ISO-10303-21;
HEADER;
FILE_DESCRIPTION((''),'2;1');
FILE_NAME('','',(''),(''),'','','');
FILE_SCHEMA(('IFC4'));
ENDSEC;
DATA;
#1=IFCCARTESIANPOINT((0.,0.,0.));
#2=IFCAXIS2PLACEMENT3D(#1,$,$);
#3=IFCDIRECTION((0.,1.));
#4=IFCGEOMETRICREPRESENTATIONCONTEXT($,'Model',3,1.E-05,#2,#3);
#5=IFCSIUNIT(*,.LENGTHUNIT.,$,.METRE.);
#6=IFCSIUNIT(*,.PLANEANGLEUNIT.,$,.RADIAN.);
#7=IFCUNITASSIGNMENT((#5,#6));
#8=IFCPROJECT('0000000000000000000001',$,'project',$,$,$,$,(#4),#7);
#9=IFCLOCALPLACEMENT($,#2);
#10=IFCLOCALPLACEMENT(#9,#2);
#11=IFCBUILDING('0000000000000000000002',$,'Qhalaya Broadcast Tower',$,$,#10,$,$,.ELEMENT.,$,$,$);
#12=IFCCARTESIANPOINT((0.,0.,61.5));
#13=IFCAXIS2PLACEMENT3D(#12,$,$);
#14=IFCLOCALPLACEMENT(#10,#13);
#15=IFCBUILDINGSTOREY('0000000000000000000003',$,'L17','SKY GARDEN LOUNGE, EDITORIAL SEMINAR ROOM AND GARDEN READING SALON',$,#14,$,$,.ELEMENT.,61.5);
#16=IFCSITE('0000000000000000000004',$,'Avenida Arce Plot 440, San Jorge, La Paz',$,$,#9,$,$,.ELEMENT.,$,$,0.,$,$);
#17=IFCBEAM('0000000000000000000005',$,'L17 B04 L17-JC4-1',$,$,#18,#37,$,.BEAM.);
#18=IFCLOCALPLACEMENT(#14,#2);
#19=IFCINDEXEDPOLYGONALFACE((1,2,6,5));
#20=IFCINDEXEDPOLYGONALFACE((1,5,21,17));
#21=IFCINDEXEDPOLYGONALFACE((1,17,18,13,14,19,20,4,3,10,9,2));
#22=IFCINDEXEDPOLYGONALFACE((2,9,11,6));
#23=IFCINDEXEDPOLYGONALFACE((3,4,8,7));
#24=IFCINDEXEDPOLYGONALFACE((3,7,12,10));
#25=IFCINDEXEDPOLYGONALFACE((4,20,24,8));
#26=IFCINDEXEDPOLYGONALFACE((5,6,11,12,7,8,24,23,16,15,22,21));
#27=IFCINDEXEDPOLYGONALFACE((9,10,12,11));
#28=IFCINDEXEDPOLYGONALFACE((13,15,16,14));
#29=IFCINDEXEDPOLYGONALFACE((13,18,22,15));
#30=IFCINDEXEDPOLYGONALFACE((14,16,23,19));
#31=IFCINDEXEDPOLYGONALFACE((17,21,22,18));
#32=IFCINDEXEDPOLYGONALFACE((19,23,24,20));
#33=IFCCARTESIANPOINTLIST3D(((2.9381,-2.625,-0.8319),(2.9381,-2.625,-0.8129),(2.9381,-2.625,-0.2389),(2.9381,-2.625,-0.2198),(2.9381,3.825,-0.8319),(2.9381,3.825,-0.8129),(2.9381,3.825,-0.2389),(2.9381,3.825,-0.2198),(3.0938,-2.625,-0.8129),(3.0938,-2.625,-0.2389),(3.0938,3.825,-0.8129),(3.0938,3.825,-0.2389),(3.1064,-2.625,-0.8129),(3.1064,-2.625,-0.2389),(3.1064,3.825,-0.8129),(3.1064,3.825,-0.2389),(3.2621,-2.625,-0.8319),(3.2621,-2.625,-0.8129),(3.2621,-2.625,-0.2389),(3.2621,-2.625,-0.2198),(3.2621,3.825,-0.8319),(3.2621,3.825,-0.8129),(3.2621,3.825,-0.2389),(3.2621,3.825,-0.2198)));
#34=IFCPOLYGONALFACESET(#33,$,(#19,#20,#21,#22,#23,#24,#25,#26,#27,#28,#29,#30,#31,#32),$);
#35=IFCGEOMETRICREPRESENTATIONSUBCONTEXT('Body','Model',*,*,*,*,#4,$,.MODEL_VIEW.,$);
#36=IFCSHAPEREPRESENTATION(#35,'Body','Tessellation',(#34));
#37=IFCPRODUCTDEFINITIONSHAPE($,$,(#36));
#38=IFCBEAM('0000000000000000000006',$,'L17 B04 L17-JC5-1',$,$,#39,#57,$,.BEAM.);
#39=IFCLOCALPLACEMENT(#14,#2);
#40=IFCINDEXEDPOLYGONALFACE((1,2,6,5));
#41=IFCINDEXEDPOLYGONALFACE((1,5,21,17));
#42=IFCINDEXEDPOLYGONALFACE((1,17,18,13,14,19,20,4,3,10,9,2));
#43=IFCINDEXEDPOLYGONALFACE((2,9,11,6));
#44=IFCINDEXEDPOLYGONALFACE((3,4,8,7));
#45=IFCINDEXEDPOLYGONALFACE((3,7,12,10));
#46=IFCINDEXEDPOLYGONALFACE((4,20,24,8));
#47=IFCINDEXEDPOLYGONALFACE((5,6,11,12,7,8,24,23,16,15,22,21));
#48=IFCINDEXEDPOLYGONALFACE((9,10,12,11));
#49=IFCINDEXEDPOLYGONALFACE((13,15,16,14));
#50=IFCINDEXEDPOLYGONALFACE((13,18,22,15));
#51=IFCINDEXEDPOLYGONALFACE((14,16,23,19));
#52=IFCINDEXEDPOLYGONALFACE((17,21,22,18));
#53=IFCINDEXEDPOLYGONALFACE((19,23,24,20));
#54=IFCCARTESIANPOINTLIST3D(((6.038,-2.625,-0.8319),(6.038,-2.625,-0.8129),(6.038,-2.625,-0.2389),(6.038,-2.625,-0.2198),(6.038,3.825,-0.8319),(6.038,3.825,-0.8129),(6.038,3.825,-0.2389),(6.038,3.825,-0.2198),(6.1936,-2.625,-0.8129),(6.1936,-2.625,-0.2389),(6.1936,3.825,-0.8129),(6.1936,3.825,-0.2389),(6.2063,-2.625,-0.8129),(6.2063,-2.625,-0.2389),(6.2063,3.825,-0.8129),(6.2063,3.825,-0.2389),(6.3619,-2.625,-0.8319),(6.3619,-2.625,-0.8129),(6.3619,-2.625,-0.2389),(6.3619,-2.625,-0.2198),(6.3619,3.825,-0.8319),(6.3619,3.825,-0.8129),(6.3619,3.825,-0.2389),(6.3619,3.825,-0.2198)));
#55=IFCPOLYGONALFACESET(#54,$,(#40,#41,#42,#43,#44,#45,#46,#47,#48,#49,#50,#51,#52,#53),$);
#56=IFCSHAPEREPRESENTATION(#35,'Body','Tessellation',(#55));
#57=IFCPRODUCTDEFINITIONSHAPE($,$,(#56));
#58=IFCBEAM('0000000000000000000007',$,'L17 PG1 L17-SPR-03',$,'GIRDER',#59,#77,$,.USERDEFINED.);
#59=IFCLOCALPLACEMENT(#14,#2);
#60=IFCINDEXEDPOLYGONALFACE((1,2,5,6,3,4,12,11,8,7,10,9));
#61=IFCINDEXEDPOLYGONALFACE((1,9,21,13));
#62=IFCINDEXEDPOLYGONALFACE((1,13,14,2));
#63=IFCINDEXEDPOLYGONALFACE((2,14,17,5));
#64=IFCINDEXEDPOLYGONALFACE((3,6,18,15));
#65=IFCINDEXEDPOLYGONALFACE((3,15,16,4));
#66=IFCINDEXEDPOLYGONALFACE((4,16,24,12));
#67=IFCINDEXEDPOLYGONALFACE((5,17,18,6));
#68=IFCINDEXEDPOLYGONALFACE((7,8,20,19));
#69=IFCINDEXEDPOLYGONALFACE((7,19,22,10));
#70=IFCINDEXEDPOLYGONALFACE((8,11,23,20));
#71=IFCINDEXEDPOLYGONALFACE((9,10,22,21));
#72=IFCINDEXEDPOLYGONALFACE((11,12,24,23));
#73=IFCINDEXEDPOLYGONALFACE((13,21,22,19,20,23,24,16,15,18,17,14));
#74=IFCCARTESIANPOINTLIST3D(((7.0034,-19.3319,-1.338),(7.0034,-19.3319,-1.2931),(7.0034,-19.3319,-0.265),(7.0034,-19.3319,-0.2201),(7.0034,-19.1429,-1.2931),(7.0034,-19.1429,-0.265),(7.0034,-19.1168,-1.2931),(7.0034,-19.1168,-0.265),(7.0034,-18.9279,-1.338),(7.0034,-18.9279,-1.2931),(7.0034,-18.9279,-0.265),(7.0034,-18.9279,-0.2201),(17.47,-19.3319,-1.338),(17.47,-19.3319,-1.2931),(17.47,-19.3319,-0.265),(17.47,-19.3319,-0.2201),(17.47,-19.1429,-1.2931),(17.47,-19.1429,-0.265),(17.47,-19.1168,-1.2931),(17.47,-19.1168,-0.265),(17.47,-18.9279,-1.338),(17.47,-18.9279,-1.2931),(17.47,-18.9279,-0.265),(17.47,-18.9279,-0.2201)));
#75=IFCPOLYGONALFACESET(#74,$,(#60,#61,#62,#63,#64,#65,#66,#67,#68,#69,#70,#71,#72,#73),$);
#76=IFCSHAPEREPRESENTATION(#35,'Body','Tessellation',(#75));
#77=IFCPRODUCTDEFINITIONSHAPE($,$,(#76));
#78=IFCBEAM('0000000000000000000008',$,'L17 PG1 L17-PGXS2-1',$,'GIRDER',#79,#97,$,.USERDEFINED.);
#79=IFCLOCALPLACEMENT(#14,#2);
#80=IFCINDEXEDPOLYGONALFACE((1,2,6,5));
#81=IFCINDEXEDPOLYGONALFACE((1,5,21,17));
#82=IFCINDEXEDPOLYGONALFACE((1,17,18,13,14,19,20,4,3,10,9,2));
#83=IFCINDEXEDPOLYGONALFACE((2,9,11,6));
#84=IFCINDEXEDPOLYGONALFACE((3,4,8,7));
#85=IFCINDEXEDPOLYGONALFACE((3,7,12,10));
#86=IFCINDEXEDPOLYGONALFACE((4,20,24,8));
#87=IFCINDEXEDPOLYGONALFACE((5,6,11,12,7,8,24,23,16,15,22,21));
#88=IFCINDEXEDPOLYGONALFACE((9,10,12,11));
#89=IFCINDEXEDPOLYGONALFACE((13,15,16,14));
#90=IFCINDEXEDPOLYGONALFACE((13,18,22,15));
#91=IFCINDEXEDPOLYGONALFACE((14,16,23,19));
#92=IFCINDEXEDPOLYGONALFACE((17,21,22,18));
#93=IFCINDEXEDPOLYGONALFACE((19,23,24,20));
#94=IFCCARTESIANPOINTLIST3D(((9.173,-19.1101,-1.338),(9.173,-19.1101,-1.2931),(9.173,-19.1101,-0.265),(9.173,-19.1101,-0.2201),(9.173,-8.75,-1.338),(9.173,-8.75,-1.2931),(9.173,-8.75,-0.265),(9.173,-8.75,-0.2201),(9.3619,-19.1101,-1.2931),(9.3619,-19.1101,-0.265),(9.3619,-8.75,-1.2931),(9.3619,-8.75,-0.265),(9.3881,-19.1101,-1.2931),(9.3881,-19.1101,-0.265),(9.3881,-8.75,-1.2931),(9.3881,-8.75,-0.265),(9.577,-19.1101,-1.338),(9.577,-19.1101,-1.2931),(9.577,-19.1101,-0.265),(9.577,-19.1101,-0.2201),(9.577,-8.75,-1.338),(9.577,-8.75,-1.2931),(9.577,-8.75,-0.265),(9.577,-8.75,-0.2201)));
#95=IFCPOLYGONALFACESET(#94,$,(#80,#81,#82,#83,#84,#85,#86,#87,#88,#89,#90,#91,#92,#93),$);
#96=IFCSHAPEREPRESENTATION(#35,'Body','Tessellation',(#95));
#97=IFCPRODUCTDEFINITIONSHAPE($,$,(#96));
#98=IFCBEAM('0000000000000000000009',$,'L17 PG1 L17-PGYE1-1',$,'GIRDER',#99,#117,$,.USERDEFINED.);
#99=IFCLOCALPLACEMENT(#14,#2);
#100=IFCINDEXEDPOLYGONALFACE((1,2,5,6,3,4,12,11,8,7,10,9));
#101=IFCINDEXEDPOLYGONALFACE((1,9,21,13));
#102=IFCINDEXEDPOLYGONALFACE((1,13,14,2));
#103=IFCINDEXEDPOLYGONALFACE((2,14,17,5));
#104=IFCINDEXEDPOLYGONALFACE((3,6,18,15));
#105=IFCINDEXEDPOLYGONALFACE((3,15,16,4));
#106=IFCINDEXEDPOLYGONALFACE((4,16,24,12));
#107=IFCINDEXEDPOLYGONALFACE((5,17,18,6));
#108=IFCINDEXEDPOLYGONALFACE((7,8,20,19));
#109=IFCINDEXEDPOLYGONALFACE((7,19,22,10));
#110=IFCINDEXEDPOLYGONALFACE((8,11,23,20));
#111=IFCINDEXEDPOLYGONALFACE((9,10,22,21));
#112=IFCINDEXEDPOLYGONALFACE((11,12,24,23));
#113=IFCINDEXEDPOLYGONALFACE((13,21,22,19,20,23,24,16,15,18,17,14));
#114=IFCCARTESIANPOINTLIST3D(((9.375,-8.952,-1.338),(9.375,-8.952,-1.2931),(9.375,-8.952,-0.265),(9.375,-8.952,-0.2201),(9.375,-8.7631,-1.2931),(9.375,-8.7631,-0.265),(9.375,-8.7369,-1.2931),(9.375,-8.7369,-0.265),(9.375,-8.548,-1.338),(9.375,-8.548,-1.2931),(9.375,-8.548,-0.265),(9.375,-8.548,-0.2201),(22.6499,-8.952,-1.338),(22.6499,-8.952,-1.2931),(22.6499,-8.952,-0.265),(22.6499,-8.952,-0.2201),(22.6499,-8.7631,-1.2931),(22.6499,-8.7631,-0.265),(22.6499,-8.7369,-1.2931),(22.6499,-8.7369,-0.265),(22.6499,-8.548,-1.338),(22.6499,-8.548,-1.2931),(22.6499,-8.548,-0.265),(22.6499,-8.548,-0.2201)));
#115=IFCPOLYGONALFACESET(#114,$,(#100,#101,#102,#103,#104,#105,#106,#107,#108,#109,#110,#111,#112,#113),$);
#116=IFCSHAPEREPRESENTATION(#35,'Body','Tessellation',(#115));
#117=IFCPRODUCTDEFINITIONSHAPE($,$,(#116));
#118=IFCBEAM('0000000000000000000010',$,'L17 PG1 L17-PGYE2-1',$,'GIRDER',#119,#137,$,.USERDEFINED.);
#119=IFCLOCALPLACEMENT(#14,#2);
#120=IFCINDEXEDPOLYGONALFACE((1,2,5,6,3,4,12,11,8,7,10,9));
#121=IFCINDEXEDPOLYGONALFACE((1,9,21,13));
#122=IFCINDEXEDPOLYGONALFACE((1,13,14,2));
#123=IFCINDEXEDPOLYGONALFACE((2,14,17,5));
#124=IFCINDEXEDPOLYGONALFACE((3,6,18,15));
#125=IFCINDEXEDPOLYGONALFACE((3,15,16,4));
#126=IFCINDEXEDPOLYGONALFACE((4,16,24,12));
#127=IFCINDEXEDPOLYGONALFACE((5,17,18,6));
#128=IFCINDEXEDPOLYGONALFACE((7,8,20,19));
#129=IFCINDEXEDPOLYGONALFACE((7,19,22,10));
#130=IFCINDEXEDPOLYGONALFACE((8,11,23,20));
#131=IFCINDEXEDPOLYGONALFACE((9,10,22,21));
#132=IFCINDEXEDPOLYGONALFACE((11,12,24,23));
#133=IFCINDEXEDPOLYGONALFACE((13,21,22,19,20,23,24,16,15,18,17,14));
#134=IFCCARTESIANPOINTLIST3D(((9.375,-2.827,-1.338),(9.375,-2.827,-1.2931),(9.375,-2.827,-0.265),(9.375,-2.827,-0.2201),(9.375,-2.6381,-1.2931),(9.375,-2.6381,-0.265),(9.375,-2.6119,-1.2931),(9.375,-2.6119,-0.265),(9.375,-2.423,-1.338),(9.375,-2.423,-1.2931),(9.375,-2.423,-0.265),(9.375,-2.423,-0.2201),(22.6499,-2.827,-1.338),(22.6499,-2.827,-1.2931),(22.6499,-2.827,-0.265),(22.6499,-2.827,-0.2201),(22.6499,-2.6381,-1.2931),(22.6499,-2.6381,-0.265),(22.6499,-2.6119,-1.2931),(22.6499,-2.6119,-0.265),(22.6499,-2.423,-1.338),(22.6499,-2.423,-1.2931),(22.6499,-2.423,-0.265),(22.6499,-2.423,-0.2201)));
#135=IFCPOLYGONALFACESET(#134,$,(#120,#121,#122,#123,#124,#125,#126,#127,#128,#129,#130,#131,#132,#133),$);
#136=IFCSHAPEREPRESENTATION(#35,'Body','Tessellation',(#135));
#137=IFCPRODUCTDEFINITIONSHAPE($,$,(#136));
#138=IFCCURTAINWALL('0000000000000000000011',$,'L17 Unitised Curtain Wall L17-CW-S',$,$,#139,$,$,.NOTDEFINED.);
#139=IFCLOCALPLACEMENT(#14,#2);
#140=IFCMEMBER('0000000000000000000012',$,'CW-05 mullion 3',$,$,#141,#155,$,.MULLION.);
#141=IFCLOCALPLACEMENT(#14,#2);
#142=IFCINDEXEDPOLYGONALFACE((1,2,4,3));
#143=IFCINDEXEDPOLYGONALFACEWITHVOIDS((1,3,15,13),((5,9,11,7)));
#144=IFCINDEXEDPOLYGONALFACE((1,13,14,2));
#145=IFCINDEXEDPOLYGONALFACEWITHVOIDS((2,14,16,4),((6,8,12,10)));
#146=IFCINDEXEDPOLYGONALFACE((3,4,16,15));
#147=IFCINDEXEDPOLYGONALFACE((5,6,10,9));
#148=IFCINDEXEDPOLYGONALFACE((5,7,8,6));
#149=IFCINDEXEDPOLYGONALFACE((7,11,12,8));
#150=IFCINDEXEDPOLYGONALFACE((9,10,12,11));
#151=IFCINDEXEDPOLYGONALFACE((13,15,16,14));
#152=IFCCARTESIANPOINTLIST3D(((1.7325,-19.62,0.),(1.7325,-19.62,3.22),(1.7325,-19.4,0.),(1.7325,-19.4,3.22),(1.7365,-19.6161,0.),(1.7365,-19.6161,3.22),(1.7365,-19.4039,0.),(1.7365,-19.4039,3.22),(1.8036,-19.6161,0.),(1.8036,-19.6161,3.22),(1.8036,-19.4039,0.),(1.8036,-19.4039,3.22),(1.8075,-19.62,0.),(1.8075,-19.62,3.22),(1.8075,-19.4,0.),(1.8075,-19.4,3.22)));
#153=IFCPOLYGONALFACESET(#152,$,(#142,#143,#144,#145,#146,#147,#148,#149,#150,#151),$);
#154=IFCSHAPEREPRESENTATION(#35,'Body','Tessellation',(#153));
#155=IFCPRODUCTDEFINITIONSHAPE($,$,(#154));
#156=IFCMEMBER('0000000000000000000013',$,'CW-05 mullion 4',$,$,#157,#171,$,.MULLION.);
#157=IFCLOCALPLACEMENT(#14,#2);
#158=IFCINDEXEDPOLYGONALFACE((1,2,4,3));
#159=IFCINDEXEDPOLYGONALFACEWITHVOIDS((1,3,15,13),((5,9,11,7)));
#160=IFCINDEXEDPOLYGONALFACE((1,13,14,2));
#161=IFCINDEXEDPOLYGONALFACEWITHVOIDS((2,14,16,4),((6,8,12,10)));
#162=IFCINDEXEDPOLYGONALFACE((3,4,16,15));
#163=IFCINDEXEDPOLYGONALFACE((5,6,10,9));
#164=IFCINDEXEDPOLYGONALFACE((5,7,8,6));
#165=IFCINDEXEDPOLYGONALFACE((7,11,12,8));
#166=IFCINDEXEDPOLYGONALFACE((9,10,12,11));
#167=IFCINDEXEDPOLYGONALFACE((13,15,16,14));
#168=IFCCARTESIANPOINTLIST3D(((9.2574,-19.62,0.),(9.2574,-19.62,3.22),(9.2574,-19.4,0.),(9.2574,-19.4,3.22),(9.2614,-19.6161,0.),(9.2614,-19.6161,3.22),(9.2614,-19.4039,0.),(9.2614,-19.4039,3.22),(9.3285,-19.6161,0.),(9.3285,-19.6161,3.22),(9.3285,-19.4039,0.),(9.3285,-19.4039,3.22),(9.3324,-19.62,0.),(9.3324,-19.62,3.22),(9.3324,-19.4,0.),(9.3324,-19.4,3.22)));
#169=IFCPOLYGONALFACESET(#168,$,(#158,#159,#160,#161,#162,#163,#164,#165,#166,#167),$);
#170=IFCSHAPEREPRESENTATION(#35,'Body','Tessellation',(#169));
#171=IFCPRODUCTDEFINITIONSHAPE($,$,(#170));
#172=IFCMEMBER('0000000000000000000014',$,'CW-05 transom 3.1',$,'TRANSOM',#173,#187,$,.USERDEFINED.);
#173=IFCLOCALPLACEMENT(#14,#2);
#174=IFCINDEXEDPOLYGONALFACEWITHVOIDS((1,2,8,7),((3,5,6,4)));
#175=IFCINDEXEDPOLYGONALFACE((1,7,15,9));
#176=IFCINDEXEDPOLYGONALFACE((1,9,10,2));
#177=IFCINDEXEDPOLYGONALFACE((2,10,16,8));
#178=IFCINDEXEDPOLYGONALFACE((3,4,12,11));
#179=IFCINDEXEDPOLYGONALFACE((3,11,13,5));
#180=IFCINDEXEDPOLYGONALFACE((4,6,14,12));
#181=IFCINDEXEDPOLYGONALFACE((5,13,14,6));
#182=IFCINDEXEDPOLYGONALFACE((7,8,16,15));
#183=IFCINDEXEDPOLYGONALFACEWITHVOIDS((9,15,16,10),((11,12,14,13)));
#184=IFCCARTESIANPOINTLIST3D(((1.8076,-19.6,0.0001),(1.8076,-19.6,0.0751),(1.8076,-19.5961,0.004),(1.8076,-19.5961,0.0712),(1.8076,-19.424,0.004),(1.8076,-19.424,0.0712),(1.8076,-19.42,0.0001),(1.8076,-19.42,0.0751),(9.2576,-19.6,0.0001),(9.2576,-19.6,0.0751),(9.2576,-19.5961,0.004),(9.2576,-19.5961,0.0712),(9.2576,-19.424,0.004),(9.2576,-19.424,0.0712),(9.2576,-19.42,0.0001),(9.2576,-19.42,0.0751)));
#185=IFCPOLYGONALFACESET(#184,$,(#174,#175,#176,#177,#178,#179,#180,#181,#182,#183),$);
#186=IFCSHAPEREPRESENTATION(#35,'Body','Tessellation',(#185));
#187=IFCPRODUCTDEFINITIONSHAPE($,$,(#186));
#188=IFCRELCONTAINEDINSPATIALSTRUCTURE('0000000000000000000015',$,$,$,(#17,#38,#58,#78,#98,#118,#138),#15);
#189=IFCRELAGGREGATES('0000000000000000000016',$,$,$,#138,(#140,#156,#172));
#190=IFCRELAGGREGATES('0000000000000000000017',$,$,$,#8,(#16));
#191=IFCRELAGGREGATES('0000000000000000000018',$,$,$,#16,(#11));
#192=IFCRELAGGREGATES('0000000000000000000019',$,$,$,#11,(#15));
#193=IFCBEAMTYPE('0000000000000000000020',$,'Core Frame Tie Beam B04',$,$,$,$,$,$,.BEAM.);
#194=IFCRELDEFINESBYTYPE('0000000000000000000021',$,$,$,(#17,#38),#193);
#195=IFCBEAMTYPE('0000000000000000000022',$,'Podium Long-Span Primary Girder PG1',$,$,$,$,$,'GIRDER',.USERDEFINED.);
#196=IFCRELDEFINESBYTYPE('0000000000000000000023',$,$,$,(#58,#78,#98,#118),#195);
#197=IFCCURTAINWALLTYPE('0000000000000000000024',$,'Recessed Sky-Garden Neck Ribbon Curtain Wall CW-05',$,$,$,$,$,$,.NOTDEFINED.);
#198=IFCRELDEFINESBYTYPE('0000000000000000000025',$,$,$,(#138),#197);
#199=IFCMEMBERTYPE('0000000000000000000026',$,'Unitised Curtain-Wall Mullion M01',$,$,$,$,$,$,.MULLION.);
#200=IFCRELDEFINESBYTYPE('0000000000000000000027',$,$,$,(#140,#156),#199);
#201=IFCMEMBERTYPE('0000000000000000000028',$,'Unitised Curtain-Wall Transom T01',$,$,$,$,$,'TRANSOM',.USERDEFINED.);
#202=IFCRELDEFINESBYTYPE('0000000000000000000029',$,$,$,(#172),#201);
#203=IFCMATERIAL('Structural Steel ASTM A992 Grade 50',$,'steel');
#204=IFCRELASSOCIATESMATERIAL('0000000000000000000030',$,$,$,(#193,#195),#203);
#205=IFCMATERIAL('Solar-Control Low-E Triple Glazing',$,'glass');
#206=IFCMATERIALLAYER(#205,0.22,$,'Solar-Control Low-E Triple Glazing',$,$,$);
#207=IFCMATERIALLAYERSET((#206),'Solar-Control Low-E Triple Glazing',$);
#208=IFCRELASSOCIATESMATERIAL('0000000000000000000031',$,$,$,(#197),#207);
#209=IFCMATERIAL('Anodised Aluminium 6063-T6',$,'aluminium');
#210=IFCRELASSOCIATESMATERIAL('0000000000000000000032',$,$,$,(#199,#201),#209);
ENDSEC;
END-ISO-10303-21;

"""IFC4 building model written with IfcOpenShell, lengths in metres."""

from ifc_helpers import new_model, si_unit, direction, frame, origin, origin_2d, place, context, subcontext, project, spatial, hollow_rectangle, i_section, extrude, material, layer, layer_set, material_profile, profile_set, type_object, element, aggregate, save


model = new_model("IFC4")

# Units and contexts
model_context = context("Model", 3, precision=1e-05, world=origin(), true_north=direction((0.0, 1.0)))
body_context = subcontext(model_context, "Body", "Model", "MODEL_VIEW")
ifc_project = project(units=[si_unit("LENGTHUNIT", "METRE"), si_unit("PLANEANGLEUNIT", "RADIAN")], contexts=[model_context])

# Site, building, storey
site_placement = place(None, origin())
site = spatial("IfcSite", under=ifc_project, at=site_placement, Name="Avenida Arce Plot 440, San Jorge, La Paz", CompositionType="ELEMENT", RefElevation=0.0)
building_placement = place(site_placement, origin())
building = spatial("IfcBuilding", under=site, at=building_placement, Name="Qhalaya Broadcast Tower", CompositionType="ELEMENT")
storey_placement = place(building_placement, frame((0.0, 0.0, 61.5)))
storey = spatial("IfcBuildingStorey", under=building, at=storey_placement, Name="L17", Description="SKY GARDEN LOUNGE, EDITORIAL SEMINAR ROOM AND GARDEN READING SALON", CompositionType="ELEMENT", Elevation=61.5)

# Beams
ifc_material_1 = material(Name="Structural Steel ASTM A992 Grade 50", Category="steel")
ifc_material_profile_1 = material_profile(ifc_material_1, i_section(OverallWidth=0.324, OverallDepth=0.6121, WebThickness=0.0127, FlangeThickness=0.019, at=origin_2d()), Name="W24X104")
ifc_profile_set_1 = profile_set([ifc_material_profile_1], Name="Structural Steel ASTM A992 Grade 50")
beam_type_1 = type_object("IfcBeamType", Name="Core Frame Tie Beam B04", PredefinedType="BEAM", material=ifc_profile_set_1)
for number, where, z_axis, x_axis, name in (
    (1, (3.1001, -2.625, -0.5259), (0.0, 1.0, 0.0), (-1.0, 0.0, 0.0), "L17 B04 L17-JC4-1"),
    (2, (6.2, -2.625, -0.5259), (0.0, 1.0, 0.0), (-1.0, 0.0, 0.0), "L17 B04 L17-JC5-1"),
):
    element("IfcBeam", number, at=place(storey_placement, frame(where, z_axis=z_axis, x_axis=x_axis)), inside=storey, type_object=beam_type_1, Name=name, PredefinedType="BEAM", context=body_context, shape_type="SweptSolid", body=[
        extrude(i_section(OverallWidth=0.324, OverallDepth=0.6121, WebThickness=0.0127, FlangeThickness=0.019, at=origin_2d()), origin(), (0.0, 0.0, 1.0), 6.45),
    ])
ifc_material_profile_2 = material_profile(ifc_material_1, i_section(OverallWidth=0.4041, OverallDepth=1.1179, WebThickness=0.0261, FlangeThickness=0.0449, at=origin_2d()), Name="W44X335")
ifc_profile_set_2 = profile_set([ifc_material_profile_2], Name="Structural Steel ASTM A992 Grade 50")
beam_type_2 = type_object("IfcBeamType", Name="Podium Long-Span Primary Girder PG1", ElementType="GIRDER", PredefinedType="USERDEFINED", material=ifc_profile_set_2)
beam_1_placement = place(storey_placement, frame((7.0034, -19.1299, -0.7791), z_axis=(1.0, 0.0, 0.0), x_axis=(0.0, 1.0, 0.0)))
element("IfcBeam", 3, at=beam_1_placement, inside=storey, type_object=beam_type_2, Name="L17 PG1 L17-SPR-03", ObjectType="GIRDER", PredefinedType="USERDEFINED", context=body_context, shape_type="SweptSolid", body=[
    extrude(i_section(OverallWidth=0.4041, OverallDepth=1.1179, WebThickness=0.0261, FlangeThickness=0.0449, at=origin_2d()), origin(), (0.0, 0.0, 1.0), 10.4666),
])
beam_2_placement = place(storey_placement, frame((9.375, -19.1101, -0.7791), z_axis=(0.0, 1.0, 0.0), x_axis=(-1.0, 0.0, 0.0)))
element("IfcBeam", 4, at=beam_2_placement, inside=storey, type_object=beam_type_2, Name="L17 PG1 L17-PGXS2-1", ObjectType="GIRDER", PredefinedType="USERDEFINED", context=body_context, shape_type="SweptSolid", body=[
    extrude(i_section(OverallWidth=0.4041, OverallDepth=1.1179, WebThickness=0.0261, FlangeThickness=0.0449, at=origin_2d()), origin(), (0.0, 0.0, 1.0), 10.3601),
])
for number, where, z_axis, x_axis, name in (
    (5, (9.375, -8.75, -0.7791), (1.0, 0.0, 0.0), (0.0, 1.0, 0.0), "L17 PG1 L17-PGYE1-1"),
    (6, (9.375, -2.625, -0.7791), (1.0, 0.0, 0.0), (0.0, 1.0, 0.0), "L17 PG1 L17-PGYE2-1"),
):
    element("IfcBeam", number, at=place(storey_placement, frame(where, z_axis=z_axis, x_axis=x_axis)), inside=storey, type_object=beam_type_2, Name=name, ObjectType="GIRDER", PredefinedType="USERDEFINED", context=body_context, shape_type="SweptSolid", body=[
        extrude(i_section(OverallWidth=0.4041, OverallDepth=1.1179, WebThickness=0.0261, FlangeThickness=0.0449, at=origin_2d()), origin(), (0.0, 0.0, 1.0), 13.2749),
    ])

# Curtain wall, members
ifc_material_2 = material(Name="Solar-Control Low-E Triple Glazing", Category="glass")
ifc_layer_1 = layer(ifc_material_2, 0.22, Name="Solar-Control Low-E Triple Glazing")
ifc_layer_set_1 = layer_set([ifc_layer_1], Name="Solar-Control Low-E Triple Glazing")
curtain_wall_type = type_object("IfcCurtainWallType", Name="Recessed Sky-Garden Neck Ribbon Curtain Wall CW-05", PredefinedType="NOTDEFINED", material=ifc_layer_set_1)
curtain_wall_placement = place(storey_placement, origin())
curtain_wall = element("IfcCurtainWall", 7, at=curtain_wall_placement, inside=storey, type_object=curtain_wall_type, Name="L17 Unitised Curtain Wall L17-CW-S", PredefinedType="NOTDEFINED")
ifc_material_3 = material(Name="Anodised Aluminium 6063-T6", Category="aluminium")
ifc_material_profile_3 = material_profile(ifc_material_3, hollow_rectangle(XDim=0.075, YDim=0.22, WallThickness=0.0039, at=origin_2d()), Name="ALU-MUL 75x220x4")
ifc_profile_set_3 = profile_set([ifc_material_profile_3], Name="Anodised Aluminium 6063-T6")
member_type_1 = type_object("IfcMemberType", Name="Unitised Curtain-Wall Mullion M01", PredefinedType="MULLION", material=ifc_profile_set_3)
member_1_placement = place(storey_placement, frame((1.77, -19.51, 0.0), z_axis=(0.0, 0.0, 1.0), x_axis=(1.0, 0.0, 0.0)))
member_1 = element("IfcMember", 8, at=member_1_placement, type_object=member_type_1, Name="CW-05 mullion 3", PredefinedType="MULLION", context=body_context, shape_type="SweptSolid", body=[
    extrude(hollow_rectangle(XDim=0.075, YDim=0.22, WallThickness=0.0039, at=origin_2d()), origin(), (0.0, 0.0, 1.0), 3.22),
])
member_2_placement = place(storey_placement, frame((9.2949, -19.51, 0.0), z_axis=(0.0, 0.0, 1.0), x_axis=(1.0, 0.0, 0.0)))
member_2 = element("IfcMember", 9, at=member_2_placement, type_object=member_type_1, Name="CW-05 mullion 4", PredefinedType="MULLION", context=body_context, shape_type="SweptSolid", body=[
    extrude(hollow_rectangle(XDim=0.075, YDim=0.22, WallThickness=0.0039, at=origin_2d()), origin(), (0.0, 0.0, 1.0), 3.22),
])
ifc_material_profile_4 = material_profile(ifc_material_3, hollow_rectangle(XDim=0.075, YDim=0.1799, WallThickness=0.0039, at=origin_2d()), Name="ALU-TRN 75x180x4")
ifc_profile_set_4 = profile_set([ifc_material_profile_4], Name="Anodised Aluminium 6063-T6")
member_type_2 = type_object("IfcMemberType", Name="Unitised Curtain-Wall Transom T01", ElementType="TRANSOM", PredefinedType="USERDEFINED", material=ifc_profile_set_4)
member_3_placement = place(storey_placement, frame((1.8076, -19.51, 0.0376), z_axis=(1.0, 0.0, 0.0), x_axis=(0.0, 0.0, 1.0)))
member_3 = element("IfcMember", 10, at=member_3_placement, type_object=member_type_2, Name="CW-05 transom 3.1", ObjectType="TRANSOM", PredefinedType="USERDEFINED", context=body_context, shape_type="SweptSolid", body=[
    extrude(hollow_rectangle(XDim=0.075, YDim=0.1799, WallThickness=0.0039, at=origin_2d()), origin(), (0.0, 0.0, 1.0), 7.45),
])
aggregate(curtain_wall, [member_1, member_2, member_3])

save(model, "model.ifc")
